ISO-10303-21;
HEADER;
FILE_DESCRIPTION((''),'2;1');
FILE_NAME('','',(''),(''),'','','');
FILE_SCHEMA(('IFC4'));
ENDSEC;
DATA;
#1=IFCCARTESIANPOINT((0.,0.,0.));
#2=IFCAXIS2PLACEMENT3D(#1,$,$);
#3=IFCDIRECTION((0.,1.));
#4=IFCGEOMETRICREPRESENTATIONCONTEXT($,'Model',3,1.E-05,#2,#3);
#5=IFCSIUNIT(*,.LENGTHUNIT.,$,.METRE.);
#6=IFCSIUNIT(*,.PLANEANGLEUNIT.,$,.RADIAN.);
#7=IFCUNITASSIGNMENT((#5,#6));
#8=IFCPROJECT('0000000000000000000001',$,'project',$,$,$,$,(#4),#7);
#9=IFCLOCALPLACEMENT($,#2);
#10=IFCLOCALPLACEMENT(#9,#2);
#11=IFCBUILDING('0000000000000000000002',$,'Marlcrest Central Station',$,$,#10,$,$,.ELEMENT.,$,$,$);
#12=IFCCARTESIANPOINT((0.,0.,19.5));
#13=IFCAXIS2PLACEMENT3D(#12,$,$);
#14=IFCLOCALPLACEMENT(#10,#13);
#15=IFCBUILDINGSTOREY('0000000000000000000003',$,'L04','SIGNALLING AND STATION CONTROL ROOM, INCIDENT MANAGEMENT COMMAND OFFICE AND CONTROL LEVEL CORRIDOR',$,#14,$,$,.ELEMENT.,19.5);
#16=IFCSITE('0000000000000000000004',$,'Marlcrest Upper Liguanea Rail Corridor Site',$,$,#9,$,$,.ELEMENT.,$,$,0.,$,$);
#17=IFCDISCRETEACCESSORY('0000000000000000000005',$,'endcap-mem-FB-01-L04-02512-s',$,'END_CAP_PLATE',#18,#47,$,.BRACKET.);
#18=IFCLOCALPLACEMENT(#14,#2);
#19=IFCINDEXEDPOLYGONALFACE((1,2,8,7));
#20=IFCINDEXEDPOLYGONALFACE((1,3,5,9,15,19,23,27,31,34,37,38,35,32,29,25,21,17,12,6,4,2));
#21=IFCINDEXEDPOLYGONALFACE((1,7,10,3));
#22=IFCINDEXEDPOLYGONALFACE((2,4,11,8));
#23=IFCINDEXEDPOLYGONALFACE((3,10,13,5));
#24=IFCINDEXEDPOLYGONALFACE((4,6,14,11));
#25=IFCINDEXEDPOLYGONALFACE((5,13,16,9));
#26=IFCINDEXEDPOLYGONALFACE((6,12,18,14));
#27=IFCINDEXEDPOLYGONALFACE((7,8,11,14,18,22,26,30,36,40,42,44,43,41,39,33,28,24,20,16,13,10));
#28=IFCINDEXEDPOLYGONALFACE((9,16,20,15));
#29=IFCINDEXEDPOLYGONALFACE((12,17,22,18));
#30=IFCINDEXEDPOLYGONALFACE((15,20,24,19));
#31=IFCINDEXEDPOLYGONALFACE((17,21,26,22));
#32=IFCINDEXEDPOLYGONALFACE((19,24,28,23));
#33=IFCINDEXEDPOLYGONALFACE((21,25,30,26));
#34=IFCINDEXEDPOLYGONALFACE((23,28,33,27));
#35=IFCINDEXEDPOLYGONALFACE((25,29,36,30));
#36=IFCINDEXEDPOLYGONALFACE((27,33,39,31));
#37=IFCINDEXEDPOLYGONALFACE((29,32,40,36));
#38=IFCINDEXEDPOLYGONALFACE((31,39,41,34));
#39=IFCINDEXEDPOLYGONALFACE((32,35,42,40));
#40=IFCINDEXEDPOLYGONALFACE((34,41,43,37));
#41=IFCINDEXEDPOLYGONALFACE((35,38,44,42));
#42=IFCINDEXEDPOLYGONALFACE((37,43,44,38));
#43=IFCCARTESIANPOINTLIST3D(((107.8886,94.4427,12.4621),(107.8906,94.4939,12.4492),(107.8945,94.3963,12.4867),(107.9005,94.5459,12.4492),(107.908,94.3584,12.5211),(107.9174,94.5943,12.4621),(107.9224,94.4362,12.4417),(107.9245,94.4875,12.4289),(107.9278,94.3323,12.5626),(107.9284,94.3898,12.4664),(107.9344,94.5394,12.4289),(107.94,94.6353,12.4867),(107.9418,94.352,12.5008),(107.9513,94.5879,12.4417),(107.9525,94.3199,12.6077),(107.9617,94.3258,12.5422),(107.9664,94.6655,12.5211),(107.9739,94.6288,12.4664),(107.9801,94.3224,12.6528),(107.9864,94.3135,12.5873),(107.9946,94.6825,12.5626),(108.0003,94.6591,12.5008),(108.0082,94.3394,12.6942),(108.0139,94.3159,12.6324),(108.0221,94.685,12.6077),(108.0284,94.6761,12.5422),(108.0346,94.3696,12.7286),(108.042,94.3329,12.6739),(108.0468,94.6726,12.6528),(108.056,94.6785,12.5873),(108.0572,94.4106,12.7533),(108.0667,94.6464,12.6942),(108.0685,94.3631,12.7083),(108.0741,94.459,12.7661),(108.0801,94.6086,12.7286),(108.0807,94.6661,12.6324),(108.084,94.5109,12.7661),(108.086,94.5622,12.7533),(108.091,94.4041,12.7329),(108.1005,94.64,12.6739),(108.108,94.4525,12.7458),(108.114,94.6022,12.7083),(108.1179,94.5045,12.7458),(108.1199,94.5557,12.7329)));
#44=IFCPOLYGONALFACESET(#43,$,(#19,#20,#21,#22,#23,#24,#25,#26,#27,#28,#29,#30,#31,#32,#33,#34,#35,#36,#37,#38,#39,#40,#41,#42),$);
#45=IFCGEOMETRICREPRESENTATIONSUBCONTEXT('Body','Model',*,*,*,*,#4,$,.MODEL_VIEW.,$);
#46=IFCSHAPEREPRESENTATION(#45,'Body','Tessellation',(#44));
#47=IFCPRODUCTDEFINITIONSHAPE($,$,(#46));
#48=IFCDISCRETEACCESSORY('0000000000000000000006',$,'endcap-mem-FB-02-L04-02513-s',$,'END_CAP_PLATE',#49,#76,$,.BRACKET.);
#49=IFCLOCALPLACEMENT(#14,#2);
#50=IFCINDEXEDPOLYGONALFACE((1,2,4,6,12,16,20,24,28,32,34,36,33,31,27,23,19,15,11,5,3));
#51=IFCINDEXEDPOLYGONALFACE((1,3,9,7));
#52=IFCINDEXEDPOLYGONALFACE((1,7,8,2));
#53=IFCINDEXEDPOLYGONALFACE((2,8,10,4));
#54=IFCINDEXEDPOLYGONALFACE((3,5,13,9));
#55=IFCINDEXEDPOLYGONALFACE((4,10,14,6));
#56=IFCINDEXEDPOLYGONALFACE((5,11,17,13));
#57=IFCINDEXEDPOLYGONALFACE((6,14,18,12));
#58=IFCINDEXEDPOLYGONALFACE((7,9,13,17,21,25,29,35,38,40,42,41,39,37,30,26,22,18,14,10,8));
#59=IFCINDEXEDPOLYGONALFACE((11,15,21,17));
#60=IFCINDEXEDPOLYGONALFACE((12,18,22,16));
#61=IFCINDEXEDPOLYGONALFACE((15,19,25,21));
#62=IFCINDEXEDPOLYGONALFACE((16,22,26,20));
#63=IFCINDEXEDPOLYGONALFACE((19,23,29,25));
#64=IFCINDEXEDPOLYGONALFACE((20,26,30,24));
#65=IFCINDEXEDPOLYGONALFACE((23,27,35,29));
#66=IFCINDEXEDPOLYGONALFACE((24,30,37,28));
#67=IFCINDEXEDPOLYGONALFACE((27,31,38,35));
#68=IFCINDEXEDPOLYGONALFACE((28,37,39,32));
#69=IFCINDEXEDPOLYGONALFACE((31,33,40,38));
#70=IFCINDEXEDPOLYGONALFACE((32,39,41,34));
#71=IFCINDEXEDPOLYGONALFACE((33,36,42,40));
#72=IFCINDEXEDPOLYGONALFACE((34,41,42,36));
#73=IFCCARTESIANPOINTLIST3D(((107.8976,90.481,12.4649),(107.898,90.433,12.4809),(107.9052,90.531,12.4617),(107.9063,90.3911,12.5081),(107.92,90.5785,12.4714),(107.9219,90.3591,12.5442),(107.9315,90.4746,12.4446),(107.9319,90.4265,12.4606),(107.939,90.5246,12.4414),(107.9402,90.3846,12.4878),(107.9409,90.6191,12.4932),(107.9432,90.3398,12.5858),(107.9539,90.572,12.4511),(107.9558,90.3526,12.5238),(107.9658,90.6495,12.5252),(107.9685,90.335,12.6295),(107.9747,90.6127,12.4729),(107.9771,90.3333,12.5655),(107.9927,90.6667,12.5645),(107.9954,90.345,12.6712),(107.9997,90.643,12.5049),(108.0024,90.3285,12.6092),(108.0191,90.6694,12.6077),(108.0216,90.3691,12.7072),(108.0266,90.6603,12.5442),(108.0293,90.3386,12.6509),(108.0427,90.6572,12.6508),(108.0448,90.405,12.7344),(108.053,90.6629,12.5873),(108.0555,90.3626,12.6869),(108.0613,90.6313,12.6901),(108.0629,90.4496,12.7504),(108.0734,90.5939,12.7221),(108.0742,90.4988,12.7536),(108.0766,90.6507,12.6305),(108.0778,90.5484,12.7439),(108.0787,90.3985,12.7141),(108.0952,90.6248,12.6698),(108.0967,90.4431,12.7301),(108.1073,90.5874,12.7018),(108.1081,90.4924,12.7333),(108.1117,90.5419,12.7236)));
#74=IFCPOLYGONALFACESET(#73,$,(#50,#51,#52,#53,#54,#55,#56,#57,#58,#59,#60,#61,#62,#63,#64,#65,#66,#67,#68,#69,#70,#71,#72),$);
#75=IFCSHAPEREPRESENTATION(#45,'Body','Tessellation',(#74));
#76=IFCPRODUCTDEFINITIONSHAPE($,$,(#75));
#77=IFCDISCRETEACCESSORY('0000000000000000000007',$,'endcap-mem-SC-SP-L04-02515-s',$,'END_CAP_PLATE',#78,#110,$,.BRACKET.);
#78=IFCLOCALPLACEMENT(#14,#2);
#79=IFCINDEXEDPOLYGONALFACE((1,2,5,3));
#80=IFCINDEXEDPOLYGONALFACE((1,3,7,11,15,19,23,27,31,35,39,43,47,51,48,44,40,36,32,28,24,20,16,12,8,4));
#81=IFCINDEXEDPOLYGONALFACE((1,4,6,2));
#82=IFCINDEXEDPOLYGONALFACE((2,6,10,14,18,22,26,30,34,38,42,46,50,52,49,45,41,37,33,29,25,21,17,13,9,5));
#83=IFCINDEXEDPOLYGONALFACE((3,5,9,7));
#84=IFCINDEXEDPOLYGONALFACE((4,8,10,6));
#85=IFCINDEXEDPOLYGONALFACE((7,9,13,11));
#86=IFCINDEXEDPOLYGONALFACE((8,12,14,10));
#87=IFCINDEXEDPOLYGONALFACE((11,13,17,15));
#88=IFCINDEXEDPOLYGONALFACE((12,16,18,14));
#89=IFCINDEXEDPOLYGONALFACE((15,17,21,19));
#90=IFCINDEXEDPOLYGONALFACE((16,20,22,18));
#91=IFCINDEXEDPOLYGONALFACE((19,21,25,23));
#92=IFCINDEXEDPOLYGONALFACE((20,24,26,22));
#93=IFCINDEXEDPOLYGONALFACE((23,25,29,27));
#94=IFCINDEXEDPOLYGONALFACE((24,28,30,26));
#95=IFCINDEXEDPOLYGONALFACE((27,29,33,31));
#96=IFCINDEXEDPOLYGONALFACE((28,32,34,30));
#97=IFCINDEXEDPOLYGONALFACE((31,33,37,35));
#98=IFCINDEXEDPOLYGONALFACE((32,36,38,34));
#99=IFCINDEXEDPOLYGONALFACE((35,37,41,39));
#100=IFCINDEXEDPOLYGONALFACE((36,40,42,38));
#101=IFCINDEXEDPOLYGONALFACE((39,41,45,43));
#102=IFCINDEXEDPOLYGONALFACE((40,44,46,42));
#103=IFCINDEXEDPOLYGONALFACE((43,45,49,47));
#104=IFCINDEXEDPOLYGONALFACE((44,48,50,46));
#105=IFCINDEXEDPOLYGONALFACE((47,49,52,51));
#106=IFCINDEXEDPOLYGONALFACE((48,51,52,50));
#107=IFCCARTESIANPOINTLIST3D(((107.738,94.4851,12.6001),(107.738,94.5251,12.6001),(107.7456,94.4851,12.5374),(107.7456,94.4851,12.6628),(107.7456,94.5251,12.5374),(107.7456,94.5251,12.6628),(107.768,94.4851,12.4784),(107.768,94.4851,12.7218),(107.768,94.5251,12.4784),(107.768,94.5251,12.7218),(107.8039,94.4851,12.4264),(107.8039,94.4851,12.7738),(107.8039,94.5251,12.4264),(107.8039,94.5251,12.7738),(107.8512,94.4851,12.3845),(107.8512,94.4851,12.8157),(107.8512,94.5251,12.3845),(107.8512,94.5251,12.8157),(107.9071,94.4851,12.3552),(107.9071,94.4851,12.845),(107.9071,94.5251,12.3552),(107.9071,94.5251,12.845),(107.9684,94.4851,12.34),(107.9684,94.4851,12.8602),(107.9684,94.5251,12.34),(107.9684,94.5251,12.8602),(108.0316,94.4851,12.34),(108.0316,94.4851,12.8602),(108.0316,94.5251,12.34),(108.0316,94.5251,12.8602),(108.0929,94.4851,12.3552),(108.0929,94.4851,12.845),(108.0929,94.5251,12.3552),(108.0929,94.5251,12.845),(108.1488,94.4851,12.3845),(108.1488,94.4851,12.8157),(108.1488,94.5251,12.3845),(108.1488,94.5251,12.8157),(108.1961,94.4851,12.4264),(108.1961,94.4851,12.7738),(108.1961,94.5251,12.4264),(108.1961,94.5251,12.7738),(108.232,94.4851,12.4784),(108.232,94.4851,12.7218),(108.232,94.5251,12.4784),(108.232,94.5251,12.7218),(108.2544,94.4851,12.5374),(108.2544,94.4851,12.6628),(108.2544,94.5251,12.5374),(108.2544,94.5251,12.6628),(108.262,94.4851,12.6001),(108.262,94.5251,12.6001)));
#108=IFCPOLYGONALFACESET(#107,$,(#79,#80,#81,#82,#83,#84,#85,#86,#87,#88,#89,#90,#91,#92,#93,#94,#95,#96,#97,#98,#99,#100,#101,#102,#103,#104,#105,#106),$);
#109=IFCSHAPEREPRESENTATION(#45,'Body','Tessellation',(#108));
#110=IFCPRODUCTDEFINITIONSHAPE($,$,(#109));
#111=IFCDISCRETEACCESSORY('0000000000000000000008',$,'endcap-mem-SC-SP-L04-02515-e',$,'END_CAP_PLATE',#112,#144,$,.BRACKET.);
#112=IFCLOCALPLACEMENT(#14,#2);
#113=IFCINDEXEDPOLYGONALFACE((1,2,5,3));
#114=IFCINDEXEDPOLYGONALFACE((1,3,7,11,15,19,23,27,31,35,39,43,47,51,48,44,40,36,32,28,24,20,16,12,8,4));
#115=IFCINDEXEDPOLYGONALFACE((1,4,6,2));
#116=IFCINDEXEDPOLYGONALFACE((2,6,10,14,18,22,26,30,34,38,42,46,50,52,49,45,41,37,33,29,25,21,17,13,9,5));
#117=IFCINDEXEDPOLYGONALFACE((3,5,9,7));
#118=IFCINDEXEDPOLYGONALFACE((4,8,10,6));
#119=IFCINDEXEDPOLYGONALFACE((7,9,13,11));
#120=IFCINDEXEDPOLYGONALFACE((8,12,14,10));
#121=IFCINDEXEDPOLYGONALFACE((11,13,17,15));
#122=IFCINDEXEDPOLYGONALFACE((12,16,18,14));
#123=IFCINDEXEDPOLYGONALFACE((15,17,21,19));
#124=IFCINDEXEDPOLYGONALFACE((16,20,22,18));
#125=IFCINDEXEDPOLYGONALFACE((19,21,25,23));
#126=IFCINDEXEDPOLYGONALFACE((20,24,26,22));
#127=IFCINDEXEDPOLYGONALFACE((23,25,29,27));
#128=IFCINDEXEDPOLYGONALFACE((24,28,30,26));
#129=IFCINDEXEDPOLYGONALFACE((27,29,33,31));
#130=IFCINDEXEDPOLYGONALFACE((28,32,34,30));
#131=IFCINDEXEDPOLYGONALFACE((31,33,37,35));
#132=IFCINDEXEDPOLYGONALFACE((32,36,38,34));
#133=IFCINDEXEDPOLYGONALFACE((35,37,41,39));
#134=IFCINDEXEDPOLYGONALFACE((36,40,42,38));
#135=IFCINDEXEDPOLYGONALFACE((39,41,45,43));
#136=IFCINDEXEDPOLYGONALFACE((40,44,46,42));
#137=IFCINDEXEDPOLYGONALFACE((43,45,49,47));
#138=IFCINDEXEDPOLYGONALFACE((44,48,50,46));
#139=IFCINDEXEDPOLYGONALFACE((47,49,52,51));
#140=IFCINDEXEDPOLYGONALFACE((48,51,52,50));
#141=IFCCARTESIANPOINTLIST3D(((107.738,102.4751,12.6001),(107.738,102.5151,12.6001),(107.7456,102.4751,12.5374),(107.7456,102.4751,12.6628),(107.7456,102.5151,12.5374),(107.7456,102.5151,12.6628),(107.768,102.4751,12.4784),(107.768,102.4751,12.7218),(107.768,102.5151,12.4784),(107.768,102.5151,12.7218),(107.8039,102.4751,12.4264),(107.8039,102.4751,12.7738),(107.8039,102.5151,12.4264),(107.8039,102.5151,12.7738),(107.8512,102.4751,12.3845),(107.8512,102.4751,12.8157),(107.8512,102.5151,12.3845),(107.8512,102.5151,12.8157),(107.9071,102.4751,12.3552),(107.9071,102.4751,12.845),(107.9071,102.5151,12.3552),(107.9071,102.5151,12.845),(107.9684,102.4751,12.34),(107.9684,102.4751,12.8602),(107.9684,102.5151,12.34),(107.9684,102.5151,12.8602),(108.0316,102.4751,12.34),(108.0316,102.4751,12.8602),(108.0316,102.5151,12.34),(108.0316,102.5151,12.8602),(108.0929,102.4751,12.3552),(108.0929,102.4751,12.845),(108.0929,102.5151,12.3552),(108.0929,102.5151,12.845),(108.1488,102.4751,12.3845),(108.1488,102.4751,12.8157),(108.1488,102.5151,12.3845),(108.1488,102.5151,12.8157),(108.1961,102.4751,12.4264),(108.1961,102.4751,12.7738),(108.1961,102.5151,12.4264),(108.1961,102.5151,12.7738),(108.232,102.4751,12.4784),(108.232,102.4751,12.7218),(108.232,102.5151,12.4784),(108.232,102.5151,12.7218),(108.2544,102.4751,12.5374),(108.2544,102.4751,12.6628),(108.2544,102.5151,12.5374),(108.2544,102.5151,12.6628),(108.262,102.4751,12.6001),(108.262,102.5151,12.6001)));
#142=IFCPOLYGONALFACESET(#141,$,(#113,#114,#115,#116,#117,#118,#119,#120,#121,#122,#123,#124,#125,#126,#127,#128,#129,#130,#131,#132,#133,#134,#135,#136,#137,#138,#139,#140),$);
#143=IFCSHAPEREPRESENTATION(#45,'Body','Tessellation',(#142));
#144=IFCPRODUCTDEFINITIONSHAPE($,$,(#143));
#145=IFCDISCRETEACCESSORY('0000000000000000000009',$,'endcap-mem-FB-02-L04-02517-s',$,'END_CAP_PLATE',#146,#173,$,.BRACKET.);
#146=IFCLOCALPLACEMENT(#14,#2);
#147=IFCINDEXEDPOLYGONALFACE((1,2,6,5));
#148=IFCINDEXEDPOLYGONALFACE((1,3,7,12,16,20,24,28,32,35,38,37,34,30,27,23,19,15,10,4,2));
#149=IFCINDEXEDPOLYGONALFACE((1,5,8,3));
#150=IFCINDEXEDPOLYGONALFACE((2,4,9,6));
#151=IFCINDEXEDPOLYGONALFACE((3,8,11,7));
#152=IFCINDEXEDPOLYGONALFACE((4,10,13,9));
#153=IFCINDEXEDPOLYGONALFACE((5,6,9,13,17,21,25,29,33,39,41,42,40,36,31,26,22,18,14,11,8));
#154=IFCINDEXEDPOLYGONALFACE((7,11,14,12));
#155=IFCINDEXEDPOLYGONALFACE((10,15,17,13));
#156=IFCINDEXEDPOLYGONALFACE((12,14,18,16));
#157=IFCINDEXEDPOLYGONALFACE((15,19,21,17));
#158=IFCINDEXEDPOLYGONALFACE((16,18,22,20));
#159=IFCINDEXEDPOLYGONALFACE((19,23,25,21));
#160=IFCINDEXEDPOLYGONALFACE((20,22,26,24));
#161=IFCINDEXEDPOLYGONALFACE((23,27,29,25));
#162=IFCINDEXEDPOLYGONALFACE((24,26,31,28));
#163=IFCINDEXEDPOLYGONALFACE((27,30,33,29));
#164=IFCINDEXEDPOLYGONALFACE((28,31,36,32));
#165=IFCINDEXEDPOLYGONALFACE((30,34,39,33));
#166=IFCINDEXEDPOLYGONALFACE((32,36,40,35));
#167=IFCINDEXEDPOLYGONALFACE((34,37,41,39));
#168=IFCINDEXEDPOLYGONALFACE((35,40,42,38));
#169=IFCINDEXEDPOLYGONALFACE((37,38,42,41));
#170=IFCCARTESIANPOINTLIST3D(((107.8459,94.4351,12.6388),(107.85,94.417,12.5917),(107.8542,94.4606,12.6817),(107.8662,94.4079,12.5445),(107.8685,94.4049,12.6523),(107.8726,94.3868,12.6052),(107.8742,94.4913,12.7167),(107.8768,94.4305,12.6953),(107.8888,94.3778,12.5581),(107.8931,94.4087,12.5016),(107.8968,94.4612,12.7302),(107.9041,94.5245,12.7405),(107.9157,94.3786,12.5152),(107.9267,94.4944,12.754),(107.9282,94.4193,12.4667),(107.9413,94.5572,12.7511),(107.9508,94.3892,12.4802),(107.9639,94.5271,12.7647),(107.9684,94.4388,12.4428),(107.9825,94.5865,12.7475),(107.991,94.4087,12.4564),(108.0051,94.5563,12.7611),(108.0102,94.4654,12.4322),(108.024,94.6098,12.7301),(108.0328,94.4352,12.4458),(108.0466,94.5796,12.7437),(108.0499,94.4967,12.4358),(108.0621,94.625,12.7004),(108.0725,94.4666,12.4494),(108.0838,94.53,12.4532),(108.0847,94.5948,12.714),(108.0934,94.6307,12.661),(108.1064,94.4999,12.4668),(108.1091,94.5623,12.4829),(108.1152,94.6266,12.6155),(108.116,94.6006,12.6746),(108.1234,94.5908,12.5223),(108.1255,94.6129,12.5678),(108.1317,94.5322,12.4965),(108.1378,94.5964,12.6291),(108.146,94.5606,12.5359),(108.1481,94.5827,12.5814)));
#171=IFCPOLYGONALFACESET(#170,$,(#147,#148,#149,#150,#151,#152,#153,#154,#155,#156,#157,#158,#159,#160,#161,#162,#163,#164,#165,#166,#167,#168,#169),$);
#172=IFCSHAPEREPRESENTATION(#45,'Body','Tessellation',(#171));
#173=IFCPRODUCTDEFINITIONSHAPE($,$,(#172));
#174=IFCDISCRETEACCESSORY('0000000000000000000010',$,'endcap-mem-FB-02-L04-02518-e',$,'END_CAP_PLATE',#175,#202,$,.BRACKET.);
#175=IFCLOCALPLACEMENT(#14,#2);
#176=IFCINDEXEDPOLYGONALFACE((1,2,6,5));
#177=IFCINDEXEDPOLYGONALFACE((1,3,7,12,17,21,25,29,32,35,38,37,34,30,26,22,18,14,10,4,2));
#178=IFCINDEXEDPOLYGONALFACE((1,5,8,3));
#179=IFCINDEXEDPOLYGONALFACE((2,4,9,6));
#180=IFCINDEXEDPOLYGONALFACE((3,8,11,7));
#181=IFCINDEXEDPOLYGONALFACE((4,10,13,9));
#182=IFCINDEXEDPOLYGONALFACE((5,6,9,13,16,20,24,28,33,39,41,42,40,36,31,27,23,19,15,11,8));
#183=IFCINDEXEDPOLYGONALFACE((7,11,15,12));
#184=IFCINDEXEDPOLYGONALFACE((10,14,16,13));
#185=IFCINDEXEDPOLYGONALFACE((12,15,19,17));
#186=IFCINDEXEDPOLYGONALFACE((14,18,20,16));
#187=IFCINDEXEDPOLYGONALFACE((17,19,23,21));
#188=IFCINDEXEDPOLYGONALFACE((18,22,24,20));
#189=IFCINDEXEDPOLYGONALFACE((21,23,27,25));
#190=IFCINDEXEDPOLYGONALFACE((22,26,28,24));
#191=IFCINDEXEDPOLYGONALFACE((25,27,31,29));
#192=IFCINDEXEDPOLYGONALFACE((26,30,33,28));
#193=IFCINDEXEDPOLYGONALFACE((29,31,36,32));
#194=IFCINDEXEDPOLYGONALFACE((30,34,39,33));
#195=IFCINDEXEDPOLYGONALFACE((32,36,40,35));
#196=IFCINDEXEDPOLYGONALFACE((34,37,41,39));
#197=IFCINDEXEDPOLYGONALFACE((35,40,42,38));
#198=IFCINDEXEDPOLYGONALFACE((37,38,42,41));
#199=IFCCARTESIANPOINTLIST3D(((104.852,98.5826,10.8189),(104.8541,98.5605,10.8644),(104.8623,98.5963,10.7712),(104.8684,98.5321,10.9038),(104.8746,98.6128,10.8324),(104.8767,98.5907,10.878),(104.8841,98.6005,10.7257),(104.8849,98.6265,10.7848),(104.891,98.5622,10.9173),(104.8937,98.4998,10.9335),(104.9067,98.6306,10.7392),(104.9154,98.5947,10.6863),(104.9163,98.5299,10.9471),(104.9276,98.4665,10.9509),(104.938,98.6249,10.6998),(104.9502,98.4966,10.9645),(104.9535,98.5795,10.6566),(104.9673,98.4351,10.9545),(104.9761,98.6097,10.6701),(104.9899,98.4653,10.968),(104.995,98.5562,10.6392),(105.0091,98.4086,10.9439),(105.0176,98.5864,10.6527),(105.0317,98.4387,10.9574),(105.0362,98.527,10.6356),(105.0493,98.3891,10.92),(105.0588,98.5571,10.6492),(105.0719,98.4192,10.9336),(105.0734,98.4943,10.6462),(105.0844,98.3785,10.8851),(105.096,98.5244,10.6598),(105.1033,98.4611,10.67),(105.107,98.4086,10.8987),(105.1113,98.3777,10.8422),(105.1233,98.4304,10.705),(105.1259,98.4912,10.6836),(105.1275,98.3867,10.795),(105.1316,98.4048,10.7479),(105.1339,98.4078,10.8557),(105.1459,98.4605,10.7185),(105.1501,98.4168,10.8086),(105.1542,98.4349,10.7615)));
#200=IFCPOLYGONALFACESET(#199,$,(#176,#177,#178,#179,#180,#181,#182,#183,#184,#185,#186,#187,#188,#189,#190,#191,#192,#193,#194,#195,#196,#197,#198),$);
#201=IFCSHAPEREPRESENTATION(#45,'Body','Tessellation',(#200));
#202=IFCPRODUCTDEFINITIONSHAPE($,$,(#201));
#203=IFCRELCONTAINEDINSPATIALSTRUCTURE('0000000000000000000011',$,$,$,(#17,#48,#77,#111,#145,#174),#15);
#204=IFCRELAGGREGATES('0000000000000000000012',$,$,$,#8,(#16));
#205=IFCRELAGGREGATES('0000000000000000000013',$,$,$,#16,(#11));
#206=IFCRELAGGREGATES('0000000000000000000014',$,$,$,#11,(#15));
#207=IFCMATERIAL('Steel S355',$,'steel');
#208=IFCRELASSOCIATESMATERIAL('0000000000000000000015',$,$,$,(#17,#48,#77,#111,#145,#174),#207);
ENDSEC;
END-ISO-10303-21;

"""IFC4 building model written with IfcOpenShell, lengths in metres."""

from ifc_helpers import new_model, si_unit, direction, frame, origin, origin_2d, place, context, subcontext, project, spatial, circle, extrude, material, element, save


model = new_model("IFC4")

# Units and contexts
model_context = context("Model", 3, precision=1e-05, world=origin(), true_north=direction((0.0, 1.0)))
body_context = subcontext(model_context, "Body", "Model", "MODEL_VIEW")
ifc_project = project(units=[si_unit("LENGTHUNIT", "METRE"), si_unit("PLANEANGLEUNIT", "RADIAN")], contexts=[model_context])

# Site, building, storey
site_placement = place(None, origin())
site = spatial("IfcSite", under=ifc_project, at=site_placement, Name="Marlcrest Upper Liguanea Rail Corridor Site", CompositionType="ELEMENT", RefElevation=0.0)
building_placement = place(site_placement, origin())
building = spatial("IfcBuilding", under=site, at=building_placement, Name="Marlcrest Central Station", CompositionType="ELEMENT")
storey_placement = place(building_placement, frame((0.0, 0.0, 19.5)))
storey = spatial("IfcBuildingStorey", under=building, at=storey_placement, Name="L04", Description="SIGNALLING AND STATION CONTROL ROOM, INCIDENT MANAGEMENT COMMAND OFFICE AND CONTROL LEVEL CORRIDOR", CompositionType="ELEMENT", Elevation=19.5)

# Discrete accessories
ifc_material_1 = material(Name="Steel S355", Category="steel")
discrete_accessory_1_placement = place(storey_placement, frame((107.9873, 94.5024, 12.6077), z_axis=(0.846277, -0.161196, -0.50777), x_axis=(0.187112, 0.982339, 0.0)))
element("IfcDiscreteAccessory", 1, at=discrete_accessory_1_placement, inside=storey, material=ifc_material_1, Name="endcap-mem-FB-01-L04-02512-s", ObjectType="END_CAP_PLATE", PredefinedType="BRACKET", context=body_context, shape_type="SweptSolid", body=[
    extrude(circle(Radius=0.1858, at=origin_2d()), origin(), (0.0, 0.0, 1.0), 0.04),
])
discrete_accessory_2_placement = place(storey_placement, frame((107.9873, 90.5024, 12.6077), z_axis=(0.846277, -0.161196, -0.50777), x_axis=(0.187112, 0.982339, 0.0)))
element("IfcDiscreteAccessory", 2, at=discrete_accessory_2_placement, inside=storey, material=ifc_material_1, Name="endcap-mem-FB-02-L04-02513-s", ObjectType="END_CAP_PLATE", PredefinedType="BRACKET", context=body_context, shape_type="SweptSolid", body=[
    extrude(circle(Radius=0.1699, at=origin_2d()), origin(), (0.0, 0.0, 1.0), 0.04),
])
for number, where, z_axis, x_axis, name in (
    (3, (108.0, 94.4851, 12.6001), (0.0, 1.0, 0.0), (-1.0, 0.0, 0.0), "endcap-mem-SC-SP-L04-02515-s"),
    (4, (108.0, 102.4751, 12.6001), (0.0, 1.0, 0.0), (-1.0, 0.0, 0.0), "endcap-mem-SC-SP-L04-02515-e"),
):
    element("IfcDiscreteAccessory", number, at=place(storey_placement, frame(where, z_axis=z_axis, x_axis=x_axis)), inside=storey, material=ifc_material_1, Name=name, ObjectType="END_CAP_PLATE", PredefinedType="BRACKET", context=body_context, shape_type="SweptSolid", body=[
        extrude(circle(Radius=0.262, at=origin_2d()), origin(), (0.0, 0.0, 1.0), 0.04),
    ])
for number, where, z_axis, x_axis, name in (
    (5, (108.0085, 94.4888, 12.6052), (-0.564531, 0.752708, -0.338728), (-0.8, -0.6, 0.0), "endcap-mem-FB-02-L04-02517-s"),
    (6, (105.0142, 98.5188, 10.8086), (-0.564531, -0.752708, -0.338728), (0.8, -0.6, 0.0), "endcap-mem-FB-02-L04-02518-e"),
):
    element("IfcDiscreteAccessory", number, at=place(storey_placement, frame(where, z_axis=z_axis, x_axis=x_axis)), inside=storey, material=ifc_material_1, Name=name, ObjectType="END_CAP_PLATE", PredefinedType="BRACKET", context=body_context, shape_type="SweptSolid", body=[
        extrude(circle(Radius=0.1699, at=origin_2d()), origin(), (0.0, 0.0, 1.0), 0.04),
    ])

save(model, "model.ifc")
